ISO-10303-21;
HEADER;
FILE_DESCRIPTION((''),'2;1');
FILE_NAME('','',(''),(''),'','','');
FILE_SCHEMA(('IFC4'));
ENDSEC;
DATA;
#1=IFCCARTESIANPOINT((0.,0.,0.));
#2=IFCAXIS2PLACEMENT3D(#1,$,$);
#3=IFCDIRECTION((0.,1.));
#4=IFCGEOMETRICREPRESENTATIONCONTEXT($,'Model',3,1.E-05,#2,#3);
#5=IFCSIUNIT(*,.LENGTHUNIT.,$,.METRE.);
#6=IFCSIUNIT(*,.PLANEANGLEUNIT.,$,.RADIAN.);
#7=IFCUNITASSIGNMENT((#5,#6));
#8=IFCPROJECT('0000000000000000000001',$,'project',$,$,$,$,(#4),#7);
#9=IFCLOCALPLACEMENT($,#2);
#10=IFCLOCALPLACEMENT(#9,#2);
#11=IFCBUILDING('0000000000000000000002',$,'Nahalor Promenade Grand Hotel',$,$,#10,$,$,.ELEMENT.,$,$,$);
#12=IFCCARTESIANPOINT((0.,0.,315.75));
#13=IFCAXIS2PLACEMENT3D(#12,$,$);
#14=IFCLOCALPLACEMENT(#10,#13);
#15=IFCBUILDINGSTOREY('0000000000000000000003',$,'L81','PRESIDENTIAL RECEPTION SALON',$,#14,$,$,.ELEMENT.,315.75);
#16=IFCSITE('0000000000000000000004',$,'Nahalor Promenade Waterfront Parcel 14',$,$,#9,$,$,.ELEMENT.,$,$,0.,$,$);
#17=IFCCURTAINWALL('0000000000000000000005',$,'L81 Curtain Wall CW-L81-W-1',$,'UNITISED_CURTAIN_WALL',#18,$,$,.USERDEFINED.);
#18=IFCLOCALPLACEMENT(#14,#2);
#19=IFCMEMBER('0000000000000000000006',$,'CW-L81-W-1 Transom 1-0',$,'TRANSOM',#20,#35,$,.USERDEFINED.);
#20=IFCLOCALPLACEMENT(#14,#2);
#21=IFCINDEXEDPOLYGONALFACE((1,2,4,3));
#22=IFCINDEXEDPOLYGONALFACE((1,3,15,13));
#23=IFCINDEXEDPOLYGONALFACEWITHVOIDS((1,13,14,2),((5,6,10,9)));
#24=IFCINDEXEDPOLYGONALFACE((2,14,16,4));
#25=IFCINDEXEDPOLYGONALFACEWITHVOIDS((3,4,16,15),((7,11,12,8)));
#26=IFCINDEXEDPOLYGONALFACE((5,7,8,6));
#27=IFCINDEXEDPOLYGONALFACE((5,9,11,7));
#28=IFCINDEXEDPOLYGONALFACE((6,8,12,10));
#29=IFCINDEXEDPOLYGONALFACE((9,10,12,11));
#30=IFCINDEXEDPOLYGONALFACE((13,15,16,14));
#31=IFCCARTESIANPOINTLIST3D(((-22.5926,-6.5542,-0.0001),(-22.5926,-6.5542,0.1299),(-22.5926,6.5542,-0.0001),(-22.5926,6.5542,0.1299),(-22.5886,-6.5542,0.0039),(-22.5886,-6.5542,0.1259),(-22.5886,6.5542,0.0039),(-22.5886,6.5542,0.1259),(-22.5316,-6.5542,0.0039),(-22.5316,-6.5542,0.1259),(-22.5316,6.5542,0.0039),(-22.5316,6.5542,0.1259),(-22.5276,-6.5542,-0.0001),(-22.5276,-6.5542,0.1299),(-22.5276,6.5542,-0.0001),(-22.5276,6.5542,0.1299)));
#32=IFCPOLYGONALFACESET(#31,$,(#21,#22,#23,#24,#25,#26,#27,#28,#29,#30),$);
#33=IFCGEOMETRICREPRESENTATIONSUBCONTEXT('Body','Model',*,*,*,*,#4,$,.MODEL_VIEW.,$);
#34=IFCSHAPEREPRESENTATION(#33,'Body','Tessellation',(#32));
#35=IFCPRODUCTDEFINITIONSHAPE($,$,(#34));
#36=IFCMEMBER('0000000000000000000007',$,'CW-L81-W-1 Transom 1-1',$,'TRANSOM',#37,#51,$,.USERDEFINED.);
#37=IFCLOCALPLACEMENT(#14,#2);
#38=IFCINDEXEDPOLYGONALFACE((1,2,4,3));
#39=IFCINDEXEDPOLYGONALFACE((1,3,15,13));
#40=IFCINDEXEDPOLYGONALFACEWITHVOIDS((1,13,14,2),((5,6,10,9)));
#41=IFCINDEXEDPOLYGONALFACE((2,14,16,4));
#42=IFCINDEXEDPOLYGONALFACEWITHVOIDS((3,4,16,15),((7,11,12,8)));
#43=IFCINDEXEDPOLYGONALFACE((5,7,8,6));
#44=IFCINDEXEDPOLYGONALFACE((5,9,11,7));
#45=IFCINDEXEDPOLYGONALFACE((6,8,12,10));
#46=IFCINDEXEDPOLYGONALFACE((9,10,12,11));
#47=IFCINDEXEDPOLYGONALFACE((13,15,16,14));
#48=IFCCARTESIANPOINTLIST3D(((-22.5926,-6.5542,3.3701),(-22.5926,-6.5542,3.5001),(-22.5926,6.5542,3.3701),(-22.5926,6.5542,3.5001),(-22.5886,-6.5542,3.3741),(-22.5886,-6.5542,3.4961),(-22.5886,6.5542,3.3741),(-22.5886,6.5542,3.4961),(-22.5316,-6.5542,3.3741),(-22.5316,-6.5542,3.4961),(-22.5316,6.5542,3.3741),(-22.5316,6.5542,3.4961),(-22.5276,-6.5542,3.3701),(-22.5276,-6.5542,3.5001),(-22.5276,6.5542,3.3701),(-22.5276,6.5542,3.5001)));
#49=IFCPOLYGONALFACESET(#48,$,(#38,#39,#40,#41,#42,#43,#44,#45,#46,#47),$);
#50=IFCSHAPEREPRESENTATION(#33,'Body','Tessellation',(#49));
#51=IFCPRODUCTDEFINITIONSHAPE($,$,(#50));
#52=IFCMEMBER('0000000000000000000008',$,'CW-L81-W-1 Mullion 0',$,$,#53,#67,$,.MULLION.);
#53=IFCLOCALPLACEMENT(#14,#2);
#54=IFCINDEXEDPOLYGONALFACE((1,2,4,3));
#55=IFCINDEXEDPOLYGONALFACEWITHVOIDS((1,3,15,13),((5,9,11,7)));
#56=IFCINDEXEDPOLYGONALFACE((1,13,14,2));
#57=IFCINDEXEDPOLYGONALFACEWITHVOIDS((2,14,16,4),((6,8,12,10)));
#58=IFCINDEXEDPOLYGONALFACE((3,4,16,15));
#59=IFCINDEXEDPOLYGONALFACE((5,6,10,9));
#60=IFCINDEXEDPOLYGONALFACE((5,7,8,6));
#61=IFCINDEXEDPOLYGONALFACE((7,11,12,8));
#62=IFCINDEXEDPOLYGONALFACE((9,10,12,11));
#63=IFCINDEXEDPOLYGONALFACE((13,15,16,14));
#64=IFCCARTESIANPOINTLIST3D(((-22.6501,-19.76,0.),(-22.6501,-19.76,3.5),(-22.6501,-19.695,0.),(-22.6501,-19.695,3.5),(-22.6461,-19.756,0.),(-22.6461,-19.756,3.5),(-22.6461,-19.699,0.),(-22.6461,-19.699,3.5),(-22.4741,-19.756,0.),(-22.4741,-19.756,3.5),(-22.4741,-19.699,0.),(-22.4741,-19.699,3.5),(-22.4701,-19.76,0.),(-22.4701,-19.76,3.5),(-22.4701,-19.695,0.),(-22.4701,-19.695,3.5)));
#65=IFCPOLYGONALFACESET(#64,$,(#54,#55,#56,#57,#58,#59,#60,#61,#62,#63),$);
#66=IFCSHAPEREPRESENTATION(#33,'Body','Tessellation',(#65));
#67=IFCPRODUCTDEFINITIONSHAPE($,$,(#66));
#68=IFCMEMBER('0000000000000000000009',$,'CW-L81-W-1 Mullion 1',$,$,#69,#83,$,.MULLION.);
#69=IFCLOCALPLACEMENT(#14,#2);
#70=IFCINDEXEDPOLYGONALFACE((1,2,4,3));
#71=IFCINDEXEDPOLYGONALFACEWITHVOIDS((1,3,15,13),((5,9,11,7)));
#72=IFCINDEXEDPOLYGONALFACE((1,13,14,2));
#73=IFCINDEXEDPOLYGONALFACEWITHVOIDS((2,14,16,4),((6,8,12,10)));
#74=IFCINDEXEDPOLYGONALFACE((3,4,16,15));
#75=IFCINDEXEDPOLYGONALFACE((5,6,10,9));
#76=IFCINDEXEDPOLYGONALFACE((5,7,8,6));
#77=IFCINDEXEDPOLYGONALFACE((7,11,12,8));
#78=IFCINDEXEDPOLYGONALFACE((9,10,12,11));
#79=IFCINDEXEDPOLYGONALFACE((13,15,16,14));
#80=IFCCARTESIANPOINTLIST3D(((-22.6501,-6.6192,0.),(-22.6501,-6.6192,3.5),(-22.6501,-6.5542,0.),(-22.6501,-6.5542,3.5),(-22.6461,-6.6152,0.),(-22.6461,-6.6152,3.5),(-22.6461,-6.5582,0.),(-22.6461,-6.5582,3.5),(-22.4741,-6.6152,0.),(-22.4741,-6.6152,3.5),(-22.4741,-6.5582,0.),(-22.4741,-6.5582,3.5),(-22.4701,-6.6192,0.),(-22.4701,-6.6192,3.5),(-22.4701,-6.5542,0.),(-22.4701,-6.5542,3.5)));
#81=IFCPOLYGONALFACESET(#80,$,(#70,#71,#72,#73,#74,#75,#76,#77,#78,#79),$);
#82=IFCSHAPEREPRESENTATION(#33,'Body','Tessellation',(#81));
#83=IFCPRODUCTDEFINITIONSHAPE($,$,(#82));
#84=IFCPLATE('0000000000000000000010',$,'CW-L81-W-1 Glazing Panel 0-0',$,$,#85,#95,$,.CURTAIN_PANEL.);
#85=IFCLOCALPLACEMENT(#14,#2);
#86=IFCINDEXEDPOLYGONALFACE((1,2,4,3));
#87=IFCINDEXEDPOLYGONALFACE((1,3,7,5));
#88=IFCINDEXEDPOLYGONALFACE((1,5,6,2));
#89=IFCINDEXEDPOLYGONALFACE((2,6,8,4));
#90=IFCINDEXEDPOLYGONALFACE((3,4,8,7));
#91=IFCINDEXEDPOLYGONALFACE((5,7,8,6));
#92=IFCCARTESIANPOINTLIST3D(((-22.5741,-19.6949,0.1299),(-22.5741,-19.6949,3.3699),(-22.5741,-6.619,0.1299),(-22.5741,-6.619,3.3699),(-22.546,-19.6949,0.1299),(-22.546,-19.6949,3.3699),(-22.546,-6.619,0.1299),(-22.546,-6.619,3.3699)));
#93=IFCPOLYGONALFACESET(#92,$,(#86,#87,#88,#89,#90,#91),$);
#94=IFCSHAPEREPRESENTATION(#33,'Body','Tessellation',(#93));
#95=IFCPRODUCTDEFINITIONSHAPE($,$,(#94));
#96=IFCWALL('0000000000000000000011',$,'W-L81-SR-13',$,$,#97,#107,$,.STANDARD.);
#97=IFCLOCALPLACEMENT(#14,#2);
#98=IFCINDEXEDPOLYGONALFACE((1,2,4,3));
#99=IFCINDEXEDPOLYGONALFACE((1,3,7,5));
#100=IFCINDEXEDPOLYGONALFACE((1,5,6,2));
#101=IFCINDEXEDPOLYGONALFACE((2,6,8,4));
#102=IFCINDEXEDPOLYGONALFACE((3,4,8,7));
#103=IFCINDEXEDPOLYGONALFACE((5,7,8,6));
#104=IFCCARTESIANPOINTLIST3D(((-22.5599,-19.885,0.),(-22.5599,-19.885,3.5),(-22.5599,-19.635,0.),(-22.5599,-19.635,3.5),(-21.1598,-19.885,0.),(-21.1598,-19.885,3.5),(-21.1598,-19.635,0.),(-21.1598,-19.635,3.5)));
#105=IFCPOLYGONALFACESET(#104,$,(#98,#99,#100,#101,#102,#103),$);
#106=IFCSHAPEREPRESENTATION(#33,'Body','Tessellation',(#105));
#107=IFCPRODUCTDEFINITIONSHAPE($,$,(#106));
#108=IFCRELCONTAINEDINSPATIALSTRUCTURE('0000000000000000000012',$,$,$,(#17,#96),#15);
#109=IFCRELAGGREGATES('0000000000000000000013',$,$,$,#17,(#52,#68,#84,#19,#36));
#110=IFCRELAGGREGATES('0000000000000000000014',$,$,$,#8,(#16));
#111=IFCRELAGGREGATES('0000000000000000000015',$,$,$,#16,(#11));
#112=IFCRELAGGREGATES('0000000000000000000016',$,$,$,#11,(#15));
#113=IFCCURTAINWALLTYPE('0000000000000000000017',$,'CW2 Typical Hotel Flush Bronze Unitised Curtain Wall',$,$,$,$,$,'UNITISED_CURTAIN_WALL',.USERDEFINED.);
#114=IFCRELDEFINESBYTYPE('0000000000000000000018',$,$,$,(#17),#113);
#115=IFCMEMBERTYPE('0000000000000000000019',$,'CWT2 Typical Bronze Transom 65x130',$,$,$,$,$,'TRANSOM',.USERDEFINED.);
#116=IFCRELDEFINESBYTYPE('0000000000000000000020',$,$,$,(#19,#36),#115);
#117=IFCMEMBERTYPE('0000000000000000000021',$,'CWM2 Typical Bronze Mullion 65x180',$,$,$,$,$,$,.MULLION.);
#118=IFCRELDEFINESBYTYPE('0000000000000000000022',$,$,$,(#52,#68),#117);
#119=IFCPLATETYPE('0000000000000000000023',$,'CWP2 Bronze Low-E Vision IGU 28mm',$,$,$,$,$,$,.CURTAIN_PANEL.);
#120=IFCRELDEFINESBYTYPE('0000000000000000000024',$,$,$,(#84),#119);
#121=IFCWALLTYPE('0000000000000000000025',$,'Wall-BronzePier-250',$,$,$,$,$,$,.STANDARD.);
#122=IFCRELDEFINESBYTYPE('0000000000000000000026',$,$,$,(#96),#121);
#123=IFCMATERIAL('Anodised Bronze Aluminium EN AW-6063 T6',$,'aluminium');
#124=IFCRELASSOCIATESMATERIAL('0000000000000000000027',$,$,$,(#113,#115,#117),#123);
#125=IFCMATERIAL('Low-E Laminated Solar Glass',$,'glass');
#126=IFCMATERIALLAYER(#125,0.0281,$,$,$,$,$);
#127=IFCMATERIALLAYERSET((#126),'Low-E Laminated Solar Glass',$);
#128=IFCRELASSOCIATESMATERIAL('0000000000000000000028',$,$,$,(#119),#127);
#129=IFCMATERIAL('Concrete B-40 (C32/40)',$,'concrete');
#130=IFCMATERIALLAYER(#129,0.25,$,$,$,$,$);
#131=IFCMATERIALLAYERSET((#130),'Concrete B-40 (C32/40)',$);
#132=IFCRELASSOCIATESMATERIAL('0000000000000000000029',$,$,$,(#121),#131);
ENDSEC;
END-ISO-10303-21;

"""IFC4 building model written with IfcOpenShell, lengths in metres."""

from ifc_helpers import new_model, si_unit, direction, frame, frame_2d, origin, origin_2d, place, context, subcontext, project, spatial, rectangle, hollow_rectangle, extrude, source, transform, mapped, material, layer, layer_set, material_profile, profile_set, type_object, element, aggregate, save


model = new_model("IFC4")

# Units and contexts
model_context = context("Model", 3, precision=1e-05, world=origin(), true_north=direction((0.0, 1.0)))
body_context = subcontext(model_context, "Body", "Model", "MODEL_VIEW")
ifc_project = project(units=[si_unit("LENGTHUNIT", "METRE"), si_unit("PLANEANGLEUNIT", "RADIAN")], contexts=[model_context])

# Site, building, storey
site_placement = place(None, origin())
site = spatial("IfcSite", under=ifc_project, at=site_placement, Name="Nahalor Promenade Waterfront Parcel 14", CompositionType="ELEMENT", RefElevation=0.0)
building_placement = place(site_placement, origin())
building = spatial("IfcBuilding", under=site, at=building_placement, Name="Nahalor Promenade Grand Hotel", CompositionType="ELEMENT")
storey_placement = place(building_placement, frame((0.0, 0.0, 315.75)))
storey = spatial("IfcBuildingStorey", under=building, at=storey_placement, Name="L81", Description="PRESIDENTIAL RECEPTION SALON", CompositionType="ELEMENT", Elevation=315.75)

# Curtain wall, members, plate
ifc_material_1 = material(Name="Anodised Bronze Aluminium EN AW-6063 T6", Category="aluminium")
curtain_wall_type = type_object("IfcCurtainWallType", Name="CW2 Typical Hotel Flush Bronze Unitised Curtain Wall", ElementType="UNITISED_CURTAIN_WALL", PredefinedType="USERDEFINED", material=ifc_material_1)
curtain_wall_placement = place(storey_placement, origin())
curtain_wall = element("IfcCurtainWall", 1, at=curtain_wall_placement, inside=storey, type_object=curtain_wall_type, Name="L81 Curtain Wall CW-L81-W-1", ObjectType="UNITISED_CURTAIN_WALL", PredefinedType="USERDEFINED")
ifc_material_profile_1 = material_profile(ifc_material_1, hollow_rectangle(XDim=0.065, YDim=0.13, WallThickness=0.004, at=origin_2d()), Name="CWT 65x130x4")
ifc_profile_set_1 = profile_set([ifc_material_profile_1], Name="Anodised Bronze Aluminium EN AW-6063 T6")
member_type_1 = type_object("IfcMemberType", Name="CWT2 Typical Bronze Transom 65x130", ElementType="TRANSOM", PredefinedType="USERDEFINED", material=ifc_profile_set_1)
shared_shape_1 = source(origin(), body_context, "Body", "SweptSolid", [
    extrude(hollow_rectangle(XDim=0.065, YDim=0.13, WallThickness=0.004, at=origin_2d()), origin(), (0.0, 0.0, 1.0), 13.1084),
])
member_1_placement = place(storey_placement, frame((-22.5601, -6.5542, 0.0649), z_axis=(0.0, 1.0, 0.0), x_axis=(-1.0, 0.0, 0.0)))
member_1 = element("IfcMember", 2, at=member_1_placement, type_object=member_type_1, Name="CW-L81-W-1 Transom 1-0", ObjectType="TRANSOM", PredefinedType="USERDEFINED", context=body_context, shape_type="MappedRepresentation", body=[
    mapped(shared_shape_1, transform((0.0, 0.0, 0.0), scale=1.0)),
])
member_2_placement = place(storey_placement, frame((-22.5601, -6.5542, 3.4351), z_axis=(0.0, 1.0, 0.0), x_axis=(-1.0, 0.0, 0.0)))
member_2 = element("IfcMember", 3, at=member_2_placement, type_object=member_type_1, Name="CW-L81-W-1 Transom 1-1", ObjectType="TRANSOM", PredefinedType="USERDEFINED", context=body_context, shape_type="MappedRepresentation", body=[
    mapped(shared_shape_1, transform((0.0, 0.0, 0.0), scale=1.0)),
])
ifc_material_profile_2 = material_profile(ifc_material_1, hollow_rectangle(XDim=0.065, YDim=0.18, WallThickness=0.004, at=origin_2d()), Name="CWM 65x180x4")
ifc_profile_set_2 = profile_set([ifc_material_profile_2], Name="Anodised Bronze Aluminium EN AW-6063 T6")
member_type_2 = type_object("IfcMemberType", Name="CWM2 Typical Bronze Mullion 65x180", PredefinedType="MULLION", material=ifc_profile_set_2)
shared_shape_2 = source(origin(), body_context, "Body", "SweptSolid", [
    extrude(hollow_rectangle(XDim=0.065, YDim=0.18, WallThickness=0.004, at=origin_2d()), origin(), (0.0, 0.0, 1.0), 3.5),
])
member_3_placement = place(storey_placement, frame((-22.5601, -19.7275, 0.0), z_axis=(0.0, 0.0, 1.0), x_axis=(0.0, 1.0, 0.0)))
member_3 = element("IfcMember", 4, at=member_3_placement, type_object=member_type_2, Name="CW-L81-W-1 Mullion 0", PredefinedType="MULLION", context=body_context, shape_type="MappedRepresentation", body=[
    mapped(shared_shape_2, transform((0.0, 0.0, 0.0), scale=1.0)),
])
member_4_placement = place(storey_placement, frame((-22.5601, -6.5867, 0.0), z_axis=(0.0, 0.0, 1.0), x_axis=(0.0, 1.0, 0.0)))
member_4 = element("IfcMember", 5, at=member_4_placement, type_object=member_type_2, Name="CW-L81-W-1 Mullion 1", PredefinedType="MULLION", context=body_context, shape_type="MappedRepresentation", body=[
    mapped(shared_shape_2, transform((0.0, 0.0, 0.0), scale=1.0)),
])
ifc_material_2 = material(Name="Low-E Laminated Solar Glass", Category="glass")
ifc_layer_1 = layer(ifc_material_2, 0.0281)
ifc_layer_set_1 = layer_set([ifc_layer_1], Name="Low-E Laminated Solar Glass")
plate_type = type_object("IfcPlateType", Name="CWP2 Bronze Low-E Vision IGU 28mm", PredefinedType="CURTAIN_PANEL", material=ifc_layer_set_1)
shared_shape_3 = source(origin(), body_context, "Body", "SweptSolid", [
    extrude(rectangle(XDim=13.0759, YDim=0.0281, at=origin_2d()), origin(), (0.0, 0.0, 1.0), 3.24),
])
plate_placement = place(storey_placement, frame((-22.5601, -13.157, 0.1299), z_axis=(0.0, 0.0, 1.0), x_axis=(0.0, 1.0, 0.0)))
plate = element("IfcPlate", 6, at=plate_placement, type_object=plate_type, Name="CW-L81-W-1 Glazing Panel 0-0", PredefinedType="CURTAIN_PANEL", context=body_context, shape_type="MappedRepresentation", body=[
    mapped(shared_shape_3, transform((0.0, 0.0, 0.0), scale=1.0)),
])
aggregate(curtain_wall, [member_3, member_4, plate, member_1, member_2])

# Wall
ifc_material_3 = material(Name="Concrete B-40 (C32/40)", Category="concrete")
ifc_layer_2 = layer(ifc_material_3, 0.25)
ifc_layer_set_2 = layer_set([ifc_layer_2], Name="Concrete B-40 (C32/40)")
wall_type = type_object("IfcWallType", Name="Wall-BronzePier-250", PredefinedType="STANDARD", material=ifc_layer_set_2)
shared_shape_4 = source(origin(), body_context, "Body", "SweptSolid", [
    extrude(rectangle(XDim=1.4001, YDim=0.25, at=frame_2d((0.7002, 0.0))), origin(), (0.0, 0.0, 1.0), 3.5),
])
wall_placement = place(storey_placement, frame((-22.5601, -19.76, 0.0), z_axis=(0.0, 0.0, 1.0), x_axis=(1.0, 0.0, 0.0)))
element("IfcWall", 7, at=wall_placement, inside=storey, type_object=wall_type, Name="W-L81-SR-13", PredefinedType="STANDARD", context=body_context, shape_type="MappedRepresentation", body=[
    mapped(shared_shape_4, transform((0.0, 0.0, 0.0), scale=1.0)),
])

save(model, "model.ifc")
